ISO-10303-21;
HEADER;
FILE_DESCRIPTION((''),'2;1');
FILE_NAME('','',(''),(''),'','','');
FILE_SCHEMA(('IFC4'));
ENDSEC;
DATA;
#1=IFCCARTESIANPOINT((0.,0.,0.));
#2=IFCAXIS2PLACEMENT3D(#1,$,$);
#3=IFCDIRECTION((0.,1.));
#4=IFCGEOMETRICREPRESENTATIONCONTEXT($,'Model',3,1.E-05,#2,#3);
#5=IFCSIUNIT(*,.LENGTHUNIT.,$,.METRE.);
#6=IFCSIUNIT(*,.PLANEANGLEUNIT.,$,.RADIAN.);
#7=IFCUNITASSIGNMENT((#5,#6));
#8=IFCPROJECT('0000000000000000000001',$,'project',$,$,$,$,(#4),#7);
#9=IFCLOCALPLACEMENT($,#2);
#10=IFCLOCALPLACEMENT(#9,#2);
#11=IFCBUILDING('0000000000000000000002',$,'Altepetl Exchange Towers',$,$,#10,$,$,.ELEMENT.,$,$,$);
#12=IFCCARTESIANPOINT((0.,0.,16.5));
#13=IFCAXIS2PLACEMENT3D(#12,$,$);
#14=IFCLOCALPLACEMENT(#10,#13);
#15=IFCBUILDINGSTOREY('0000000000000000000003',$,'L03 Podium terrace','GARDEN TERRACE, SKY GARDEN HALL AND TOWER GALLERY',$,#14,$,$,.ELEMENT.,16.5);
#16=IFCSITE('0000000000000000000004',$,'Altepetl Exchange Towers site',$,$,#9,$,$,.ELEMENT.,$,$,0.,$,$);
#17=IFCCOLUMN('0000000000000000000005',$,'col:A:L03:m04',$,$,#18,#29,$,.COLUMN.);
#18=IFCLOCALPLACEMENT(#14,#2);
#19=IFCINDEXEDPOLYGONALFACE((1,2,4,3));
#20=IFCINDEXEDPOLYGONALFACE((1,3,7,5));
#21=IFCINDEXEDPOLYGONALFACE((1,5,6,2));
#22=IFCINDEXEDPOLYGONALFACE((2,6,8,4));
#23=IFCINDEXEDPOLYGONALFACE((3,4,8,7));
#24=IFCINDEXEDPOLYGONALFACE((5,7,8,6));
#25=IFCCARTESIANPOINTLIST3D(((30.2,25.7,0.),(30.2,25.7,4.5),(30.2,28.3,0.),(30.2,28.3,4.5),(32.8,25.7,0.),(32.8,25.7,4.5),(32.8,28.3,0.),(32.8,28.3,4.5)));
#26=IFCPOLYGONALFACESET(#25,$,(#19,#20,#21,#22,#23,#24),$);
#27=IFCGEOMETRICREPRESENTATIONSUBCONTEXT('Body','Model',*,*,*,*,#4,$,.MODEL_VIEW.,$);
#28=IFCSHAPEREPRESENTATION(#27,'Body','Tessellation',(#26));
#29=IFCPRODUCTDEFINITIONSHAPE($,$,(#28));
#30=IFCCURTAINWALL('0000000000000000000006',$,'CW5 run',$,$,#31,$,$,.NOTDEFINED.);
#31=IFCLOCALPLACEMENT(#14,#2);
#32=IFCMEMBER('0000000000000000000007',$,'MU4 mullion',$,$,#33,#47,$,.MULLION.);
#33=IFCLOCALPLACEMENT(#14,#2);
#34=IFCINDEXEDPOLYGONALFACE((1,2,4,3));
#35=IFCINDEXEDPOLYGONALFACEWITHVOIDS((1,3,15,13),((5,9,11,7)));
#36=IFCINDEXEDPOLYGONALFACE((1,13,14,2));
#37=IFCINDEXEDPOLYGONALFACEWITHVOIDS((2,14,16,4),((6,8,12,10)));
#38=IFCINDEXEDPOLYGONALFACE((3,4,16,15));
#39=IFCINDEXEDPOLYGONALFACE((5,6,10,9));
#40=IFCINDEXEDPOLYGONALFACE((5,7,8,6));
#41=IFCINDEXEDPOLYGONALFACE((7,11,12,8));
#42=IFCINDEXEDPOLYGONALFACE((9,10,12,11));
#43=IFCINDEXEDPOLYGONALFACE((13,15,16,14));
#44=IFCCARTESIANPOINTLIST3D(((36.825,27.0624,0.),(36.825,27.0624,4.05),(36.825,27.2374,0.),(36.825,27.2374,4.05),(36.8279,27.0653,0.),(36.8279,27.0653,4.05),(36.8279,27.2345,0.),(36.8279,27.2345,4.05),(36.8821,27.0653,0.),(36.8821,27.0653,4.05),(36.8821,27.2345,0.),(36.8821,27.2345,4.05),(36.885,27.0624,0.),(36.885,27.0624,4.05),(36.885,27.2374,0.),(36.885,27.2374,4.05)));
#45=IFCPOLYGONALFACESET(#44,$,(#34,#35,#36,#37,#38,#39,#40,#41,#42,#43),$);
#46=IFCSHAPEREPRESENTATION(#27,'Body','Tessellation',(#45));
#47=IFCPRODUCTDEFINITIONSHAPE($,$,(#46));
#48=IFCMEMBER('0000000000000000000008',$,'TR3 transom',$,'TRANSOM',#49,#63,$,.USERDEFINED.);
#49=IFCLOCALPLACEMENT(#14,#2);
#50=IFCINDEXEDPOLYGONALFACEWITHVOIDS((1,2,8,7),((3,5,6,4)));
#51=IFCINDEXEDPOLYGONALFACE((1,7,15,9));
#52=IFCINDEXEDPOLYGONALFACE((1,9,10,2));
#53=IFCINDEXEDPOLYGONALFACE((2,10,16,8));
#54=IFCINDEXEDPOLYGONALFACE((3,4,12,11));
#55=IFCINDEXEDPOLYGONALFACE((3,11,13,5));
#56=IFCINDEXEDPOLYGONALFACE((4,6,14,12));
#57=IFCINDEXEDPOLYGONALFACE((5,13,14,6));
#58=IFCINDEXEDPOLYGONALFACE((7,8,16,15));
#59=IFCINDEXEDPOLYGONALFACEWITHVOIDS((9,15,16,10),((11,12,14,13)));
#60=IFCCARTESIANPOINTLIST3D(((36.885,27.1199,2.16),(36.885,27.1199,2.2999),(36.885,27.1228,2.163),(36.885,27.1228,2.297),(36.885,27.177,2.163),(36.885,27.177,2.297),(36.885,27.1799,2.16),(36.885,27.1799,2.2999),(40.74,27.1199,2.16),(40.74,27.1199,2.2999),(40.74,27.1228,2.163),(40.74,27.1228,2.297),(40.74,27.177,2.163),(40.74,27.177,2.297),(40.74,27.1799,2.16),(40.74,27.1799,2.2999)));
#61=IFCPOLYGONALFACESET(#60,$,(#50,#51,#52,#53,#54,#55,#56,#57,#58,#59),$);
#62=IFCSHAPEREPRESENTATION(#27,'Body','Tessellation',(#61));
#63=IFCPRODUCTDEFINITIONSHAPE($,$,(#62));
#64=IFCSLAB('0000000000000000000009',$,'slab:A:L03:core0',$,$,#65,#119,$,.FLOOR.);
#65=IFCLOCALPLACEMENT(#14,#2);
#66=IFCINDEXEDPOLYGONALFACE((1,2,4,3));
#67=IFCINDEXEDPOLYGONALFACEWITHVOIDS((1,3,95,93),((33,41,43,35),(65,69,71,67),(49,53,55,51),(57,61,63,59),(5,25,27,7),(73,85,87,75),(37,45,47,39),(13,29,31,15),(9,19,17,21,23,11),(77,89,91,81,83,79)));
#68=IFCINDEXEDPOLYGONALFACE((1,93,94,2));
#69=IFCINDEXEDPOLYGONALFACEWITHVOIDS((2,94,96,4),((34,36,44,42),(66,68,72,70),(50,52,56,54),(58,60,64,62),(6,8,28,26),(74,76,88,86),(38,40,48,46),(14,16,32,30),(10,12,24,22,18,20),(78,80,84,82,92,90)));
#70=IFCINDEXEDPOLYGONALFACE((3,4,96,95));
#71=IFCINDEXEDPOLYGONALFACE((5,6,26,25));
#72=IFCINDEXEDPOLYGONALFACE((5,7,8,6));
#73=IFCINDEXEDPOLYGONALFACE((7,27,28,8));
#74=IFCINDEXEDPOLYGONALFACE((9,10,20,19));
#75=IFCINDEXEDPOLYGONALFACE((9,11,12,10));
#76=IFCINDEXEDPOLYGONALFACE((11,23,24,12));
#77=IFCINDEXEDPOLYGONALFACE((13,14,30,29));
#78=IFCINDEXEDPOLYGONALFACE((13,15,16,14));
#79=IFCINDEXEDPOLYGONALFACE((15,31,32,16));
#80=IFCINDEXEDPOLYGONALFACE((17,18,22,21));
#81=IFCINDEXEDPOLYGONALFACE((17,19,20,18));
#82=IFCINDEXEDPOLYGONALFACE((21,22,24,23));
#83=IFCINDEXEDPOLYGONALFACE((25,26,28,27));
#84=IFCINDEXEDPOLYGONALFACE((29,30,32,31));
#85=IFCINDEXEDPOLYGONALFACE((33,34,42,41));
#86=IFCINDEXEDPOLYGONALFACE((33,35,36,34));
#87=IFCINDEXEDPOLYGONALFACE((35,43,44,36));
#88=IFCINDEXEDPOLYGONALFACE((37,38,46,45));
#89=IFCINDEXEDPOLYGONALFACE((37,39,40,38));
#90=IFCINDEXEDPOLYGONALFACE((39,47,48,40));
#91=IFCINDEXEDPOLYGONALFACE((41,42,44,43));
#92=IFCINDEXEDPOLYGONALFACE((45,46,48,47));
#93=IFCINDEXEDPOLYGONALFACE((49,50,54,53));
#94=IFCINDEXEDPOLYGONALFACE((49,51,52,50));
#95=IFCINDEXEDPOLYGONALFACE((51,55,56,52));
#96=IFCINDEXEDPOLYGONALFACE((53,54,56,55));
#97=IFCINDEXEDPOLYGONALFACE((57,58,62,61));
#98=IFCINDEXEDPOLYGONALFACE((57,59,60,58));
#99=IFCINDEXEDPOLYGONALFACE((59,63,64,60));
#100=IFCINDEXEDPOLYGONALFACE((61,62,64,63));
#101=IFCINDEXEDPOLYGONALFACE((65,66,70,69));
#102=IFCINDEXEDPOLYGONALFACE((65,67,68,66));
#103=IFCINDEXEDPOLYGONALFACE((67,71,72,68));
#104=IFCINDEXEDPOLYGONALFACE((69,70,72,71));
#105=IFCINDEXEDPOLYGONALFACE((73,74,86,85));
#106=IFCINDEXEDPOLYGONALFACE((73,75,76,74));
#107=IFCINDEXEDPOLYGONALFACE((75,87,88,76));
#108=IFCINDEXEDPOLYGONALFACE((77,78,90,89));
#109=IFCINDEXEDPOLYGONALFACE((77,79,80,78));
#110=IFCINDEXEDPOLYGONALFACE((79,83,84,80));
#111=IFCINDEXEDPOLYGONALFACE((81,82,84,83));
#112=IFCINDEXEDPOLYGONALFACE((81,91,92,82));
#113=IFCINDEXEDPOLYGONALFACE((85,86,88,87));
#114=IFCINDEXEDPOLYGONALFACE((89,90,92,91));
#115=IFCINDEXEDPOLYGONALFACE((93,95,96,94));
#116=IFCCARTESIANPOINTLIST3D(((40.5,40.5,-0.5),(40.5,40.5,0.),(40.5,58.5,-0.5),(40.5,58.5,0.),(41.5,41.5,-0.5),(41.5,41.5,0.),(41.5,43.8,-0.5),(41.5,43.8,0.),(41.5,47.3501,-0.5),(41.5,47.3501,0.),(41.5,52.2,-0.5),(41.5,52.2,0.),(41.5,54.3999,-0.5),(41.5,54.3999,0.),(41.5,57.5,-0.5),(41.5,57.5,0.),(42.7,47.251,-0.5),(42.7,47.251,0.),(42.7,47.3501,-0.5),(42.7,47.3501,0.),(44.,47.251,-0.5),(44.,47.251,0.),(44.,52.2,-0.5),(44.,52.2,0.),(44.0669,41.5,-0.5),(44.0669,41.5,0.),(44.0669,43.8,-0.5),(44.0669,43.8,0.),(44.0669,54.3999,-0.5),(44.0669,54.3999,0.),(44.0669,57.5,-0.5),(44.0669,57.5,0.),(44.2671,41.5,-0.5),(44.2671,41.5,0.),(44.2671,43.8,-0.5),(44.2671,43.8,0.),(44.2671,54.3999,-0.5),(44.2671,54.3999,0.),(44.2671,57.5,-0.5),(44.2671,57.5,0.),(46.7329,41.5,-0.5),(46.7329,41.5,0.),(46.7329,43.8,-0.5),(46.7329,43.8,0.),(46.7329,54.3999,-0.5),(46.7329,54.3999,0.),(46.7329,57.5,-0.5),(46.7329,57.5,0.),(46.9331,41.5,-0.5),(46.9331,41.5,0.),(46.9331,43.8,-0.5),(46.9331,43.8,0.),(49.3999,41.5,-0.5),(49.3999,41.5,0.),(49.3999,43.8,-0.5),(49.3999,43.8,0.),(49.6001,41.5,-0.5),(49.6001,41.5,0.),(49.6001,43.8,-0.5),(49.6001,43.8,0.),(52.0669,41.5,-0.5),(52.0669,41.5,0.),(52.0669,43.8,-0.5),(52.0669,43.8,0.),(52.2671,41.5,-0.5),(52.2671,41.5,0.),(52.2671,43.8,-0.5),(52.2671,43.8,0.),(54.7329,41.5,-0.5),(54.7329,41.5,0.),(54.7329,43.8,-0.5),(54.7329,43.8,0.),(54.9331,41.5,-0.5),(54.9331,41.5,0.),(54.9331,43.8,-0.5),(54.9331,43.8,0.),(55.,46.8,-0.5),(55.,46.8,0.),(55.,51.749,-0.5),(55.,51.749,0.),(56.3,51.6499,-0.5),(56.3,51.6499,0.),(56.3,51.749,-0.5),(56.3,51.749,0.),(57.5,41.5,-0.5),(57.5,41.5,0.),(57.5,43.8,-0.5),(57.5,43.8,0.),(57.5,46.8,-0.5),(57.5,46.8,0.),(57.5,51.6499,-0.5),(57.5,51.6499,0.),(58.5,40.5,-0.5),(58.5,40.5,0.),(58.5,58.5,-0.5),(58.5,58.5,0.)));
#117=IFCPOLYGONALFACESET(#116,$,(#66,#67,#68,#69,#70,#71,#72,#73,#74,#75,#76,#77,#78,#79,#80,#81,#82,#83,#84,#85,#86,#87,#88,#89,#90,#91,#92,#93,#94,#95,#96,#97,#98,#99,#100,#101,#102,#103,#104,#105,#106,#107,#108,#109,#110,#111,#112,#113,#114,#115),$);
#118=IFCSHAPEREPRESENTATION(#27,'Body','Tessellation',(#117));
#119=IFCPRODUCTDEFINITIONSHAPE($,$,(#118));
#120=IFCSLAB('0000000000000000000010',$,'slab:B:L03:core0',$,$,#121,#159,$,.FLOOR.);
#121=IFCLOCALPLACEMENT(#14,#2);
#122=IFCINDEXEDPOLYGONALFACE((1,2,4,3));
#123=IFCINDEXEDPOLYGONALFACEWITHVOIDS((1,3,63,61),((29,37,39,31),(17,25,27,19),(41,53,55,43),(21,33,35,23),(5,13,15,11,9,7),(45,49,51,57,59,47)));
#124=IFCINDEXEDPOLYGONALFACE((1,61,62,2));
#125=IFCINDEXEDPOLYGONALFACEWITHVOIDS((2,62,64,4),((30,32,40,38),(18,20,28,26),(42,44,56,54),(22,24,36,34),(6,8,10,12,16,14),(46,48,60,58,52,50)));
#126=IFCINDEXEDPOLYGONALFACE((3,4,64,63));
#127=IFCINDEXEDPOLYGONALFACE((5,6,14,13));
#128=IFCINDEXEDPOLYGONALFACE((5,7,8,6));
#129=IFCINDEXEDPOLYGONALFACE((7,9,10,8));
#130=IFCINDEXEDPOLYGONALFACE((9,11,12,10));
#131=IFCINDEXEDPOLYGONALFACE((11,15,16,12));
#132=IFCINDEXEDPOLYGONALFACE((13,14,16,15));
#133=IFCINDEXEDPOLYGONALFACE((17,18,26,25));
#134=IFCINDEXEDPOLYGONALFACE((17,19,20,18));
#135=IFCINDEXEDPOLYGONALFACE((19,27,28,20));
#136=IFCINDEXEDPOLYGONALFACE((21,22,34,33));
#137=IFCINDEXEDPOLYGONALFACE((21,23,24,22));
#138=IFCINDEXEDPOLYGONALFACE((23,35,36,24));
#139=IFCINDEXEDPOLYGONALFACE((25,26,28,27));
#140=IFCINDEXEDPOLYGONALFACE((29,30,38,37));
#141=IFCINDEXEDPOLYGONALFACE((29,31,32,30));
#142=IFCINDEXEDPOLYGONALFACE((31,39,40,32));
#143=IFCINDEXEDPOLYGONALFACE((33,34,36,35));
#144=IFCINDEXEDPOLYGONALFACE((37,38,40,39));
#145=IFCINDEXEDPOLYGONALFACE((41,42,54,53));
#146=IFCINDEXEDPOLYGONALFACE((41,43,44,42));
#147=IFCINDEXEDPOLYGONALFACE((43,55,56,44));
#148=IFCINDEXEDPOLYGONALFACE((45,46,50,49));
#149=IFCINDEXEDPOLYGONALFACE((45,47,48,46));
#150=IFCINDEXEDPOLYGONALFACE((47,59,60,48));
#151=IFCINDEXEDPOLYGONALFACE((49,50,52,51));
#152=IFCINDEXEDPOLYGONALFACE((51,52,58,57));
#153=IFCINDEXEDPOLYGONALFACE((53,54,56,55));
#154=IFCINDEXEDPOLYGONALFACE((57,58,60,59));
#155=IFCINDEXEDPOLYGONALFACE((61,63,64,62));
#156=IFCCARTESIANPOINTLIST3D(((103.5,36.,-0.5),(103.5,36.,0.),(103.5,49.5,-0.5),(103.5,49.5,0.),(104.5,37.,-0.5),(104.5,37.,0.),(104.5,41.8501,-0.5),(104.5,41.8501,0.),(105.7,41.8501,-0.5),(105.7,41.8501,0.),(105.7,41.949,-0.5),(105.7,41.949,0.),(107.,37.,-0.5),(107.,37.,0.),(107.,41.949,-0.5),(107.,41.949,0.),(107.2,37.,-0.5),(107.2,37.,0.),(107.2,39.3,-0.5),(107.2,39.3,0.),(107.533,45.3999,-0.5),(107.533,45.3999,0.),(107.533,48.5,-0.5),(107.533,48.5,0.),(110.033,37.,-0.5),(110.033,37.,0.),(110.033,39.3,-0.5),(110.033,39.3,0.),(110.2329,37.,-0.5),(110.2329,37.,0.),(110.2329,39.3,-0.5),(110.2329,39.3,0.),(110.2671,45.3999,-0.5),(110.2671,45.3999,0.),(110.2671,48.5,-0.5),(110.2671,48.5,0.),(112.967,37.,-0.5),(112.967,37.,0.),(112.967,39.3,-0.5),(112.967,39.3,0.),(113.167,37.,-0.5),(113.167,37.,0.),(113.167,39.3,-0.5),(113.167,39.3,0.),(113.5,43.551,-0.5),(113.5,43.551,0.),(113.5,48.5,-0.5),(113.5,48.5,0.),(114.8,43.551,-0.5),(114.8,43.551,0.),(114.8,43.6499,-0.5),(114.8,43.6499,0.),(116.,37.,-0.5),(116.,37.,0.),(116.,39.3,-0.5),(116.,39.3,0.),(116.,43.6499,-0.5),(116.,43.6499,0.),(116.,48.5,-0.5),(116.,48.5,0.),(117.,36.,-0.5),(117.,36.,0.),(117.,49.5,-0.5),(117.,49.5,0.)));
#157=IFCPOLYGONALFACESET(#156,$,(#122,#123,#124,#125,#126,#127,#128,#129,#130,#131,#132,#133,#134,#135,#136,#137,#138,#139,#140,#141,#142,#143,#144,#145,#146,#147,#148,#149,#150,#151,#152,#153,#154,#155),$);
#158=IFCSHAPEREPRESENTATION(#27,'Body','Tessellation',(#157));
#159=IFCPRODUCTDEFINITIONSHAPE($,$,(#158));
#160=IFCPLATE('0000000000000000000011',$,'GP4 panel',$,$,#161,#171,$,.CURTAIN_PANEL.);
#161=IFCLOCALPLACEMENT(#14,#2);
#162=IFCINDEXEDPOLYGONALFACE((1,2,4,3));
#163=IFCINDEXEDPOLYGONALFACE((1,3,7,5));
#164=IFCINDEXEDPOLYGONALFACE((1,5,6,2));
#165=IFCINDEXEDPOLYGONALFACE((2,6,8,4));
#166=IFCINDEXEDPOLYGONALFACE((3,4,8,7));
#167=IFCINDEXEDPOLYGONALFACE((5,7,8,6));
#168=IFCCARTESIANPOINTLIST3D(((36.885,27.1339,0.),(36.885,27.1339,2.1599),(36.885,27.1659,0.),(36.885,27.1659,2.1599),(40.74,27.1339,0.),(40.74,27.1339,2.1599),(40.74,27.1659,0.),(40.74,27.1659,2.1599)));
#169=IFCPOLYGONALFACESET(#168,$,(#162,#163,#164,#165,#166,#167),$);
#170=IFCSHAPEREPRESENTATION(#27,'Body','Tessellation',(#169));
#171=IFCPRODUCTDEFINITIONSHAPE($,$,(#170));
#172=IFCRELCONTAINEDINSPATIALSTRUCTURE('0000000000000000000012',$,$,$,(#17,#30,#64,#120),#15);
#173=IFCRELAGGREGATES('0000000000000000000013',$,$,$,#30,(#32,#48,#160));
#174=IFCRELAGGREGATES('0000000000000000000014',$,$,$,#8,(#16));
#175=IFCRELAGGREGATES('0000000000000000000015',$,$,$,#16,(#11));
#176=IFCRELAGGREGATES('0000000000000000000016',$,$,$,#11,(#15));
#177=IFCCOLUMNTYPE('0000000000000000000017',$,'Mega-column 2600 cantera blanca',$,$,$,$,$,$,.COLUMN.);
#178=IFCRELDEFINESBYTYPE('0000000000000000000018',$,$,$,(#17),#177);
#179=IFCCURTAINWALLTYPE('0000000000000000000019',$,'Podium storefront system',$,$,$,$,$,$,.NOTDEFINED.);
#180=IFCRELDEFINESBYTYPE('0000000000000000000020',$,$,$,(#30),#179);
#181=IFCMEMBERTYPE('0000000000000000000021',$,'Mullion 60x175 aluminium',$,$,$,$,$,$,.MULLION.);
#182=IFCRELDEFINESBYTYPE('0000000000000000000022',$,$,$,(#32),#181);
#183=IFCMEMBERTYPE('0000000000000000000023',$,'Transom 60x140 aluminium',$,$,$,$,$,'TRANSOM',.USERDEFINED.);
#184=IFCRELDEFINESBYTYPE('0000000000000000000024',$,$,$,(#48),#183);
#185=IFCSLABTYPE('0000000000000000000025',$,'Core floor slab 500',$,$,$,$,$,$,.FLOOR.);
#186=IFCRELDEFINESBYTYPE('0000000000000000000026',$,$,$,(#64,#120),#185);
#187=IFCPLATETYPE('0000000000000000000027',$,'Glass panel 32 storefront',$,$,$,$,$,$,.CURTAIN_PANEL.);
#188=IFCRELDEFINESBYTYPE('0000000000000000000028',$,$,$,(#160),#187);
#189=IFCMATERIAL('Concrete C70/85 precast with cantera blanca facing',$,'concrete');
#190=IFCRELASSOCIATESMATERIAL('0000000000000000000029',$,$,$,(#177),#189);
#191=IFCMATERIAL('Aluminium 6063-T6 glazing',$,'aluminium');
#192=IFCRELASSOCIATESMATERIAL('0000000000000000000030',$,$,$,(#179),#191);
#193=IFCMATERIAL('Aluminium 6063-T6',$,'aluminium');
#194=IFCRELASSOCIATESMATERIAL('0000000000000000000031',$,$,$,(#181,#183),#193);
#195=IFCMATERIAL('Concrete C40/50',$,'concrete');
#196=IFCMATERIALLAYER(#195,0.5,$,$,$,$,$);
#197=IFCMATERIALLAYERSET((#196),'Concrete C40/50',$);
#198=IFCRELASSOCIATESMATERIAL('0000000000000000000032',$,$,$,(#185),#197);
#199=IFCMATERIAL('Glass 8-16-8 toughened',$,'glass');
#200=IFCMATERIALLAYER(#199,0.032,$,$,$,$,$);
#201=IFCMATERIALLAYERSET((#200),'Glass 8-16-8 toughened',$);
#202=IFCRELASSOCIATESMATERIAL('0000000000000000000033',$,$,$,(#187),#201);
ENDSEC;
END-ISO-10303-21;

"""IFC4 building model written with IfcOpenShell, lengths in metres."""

from ifc_helpers import new_model, si_unit, direction, frame, origin, origin_2d, place, context, subcontext, project, spatial, polyline, rectangle, hollow_rectangle, outline, extrude, material, layer, layer_set, material_profile, profile_set, type_object, element, aggregate, save


model = new_model("IFC4")

# Units and contexts
model_context = context("Model", 3, precision=1e-05, world=origin(), true_north=direction((0.0, 1.0)))
body_context = subcontext(model_context, "Body", "Model", "MODEL_VIEW")
ifc_project = project(units=[si_unit("LENGTHUNIT", "METRE"), si_unit("PLANEANGLEUNIT", "RADIAN")], contexts=[model_context])

# Site, building, storey
site_placement = place(None, origin())
site = spatial("IfcSite", under=ifc_project, at=site_placement, Name="Altepetl Exchange Towers site", CompositionType="ELEMENT", RefElevation=0.0)
building_placement = place(site_placement, origin())
building = spatial("IfcBuilding", under=site, at=building_placement, Name="Altepetl Exchange Towers", CompositionType="ELEMENT")
storey_placement = place(building_placement, frame((0.0, 0.0, 16.5)))
storey = spatial("IfcBuildingStorey", under=building, at=storey_placement, Name="L03 Podium terrace", Description="GARDEN TERRACE, SKY GARDEN HALL AND TOWER GALLERY", CompositionType="ELEMENT", Elevation=16.5)

# Column
ifc_material_1 = material(Name="Concrete C70/85 precast with cantera blanca facing", Category="concrete")
ifc_material_profile_1 = material_profile(ifc_material_1, rectangle(XDim=2.6001, YDim=2.6001, at=origin_2d()), Name="2600 x 2600")
ifc_profile_set_1 = profile_set([ifc_material_profile_1], Name="Concrete C70/85 precast with cantera blanca facing")
column_type = type_object("IfcColumnType", Name="Mega-column 2600 cantera blanca", PredefinedType="COLUMN", material=ifc_profile_set_1)
column_placement = place(storey_placement, frame((31.5, 27.0, 0.0)))
element("IfcColumn", 1, at=column_placement, inside=storey, type_object=column_type, Name="col:A:L03:m04", PredefinedType="COLUMN", context=body_context, shape_type="SweptSolid", body=[
    extrude(rectangle(XDim=2.6001, YDim=2.6001, at=origin_2d()), origin(), (0.0, 0.0, 1.0), 4.5),
])

# Curtain wall, members
ifc_material_2 = material(Name="Aluminium 6063-T6 glazing", Category="aluminium")
curtain_wall_type = type_object("IfcCurtainWallType", Name="Podium storefront system", PredefinedType="NOTDEFINED", material=ifc_material_2)
curtain_wall_placement = place(storey_placement, origin())
curtain_wall = element("IfcCurtainWall", 2, at=curtain_wall_placement, inside=storey, type_object=curtain_wall_type, Name="CW5 run", PredefinedType="NOTDEFINED")
ifc_material_3 = material(Name="Aluminium 6063-T6", Category="aluminium")
ifc_material_profile_2 = material_profile(ifc_material_3, hollow_rectangle(XDim=0.0601, YDim=0.175, WallThickness=0.0029, at=origin_2d()), Name="Mullion 60x175 aluminium")
ifc_profile_set_2 = profile_set([ifc_material_profile_2], Name="Aluminium 6063-T6")
member_type_1 = type_object("IfcMemberType", Name="Mullion 60x175 aluminium", PredefinedType="MULLION", material=ifc_profile_set_2)
member_1_placement = place(storey_placement, frame((36.855, 27.1499, 0.0)))
member_1 = element("IfcMember", 3, at=member_1_placement, type_object=member_type_1, Name="MU4 mullion", PredefinedType="MULLION", context=body_context, shape_type="SweptSolid", body=[
    extrude(hollow_rectangle(XDim=0.0601, YDim=0.175, WallThickness=0.0029, at=origin_2d()), origin(), (0.0, 0.0, 1.0), 4.05),
])
ifc_material_profile_3 = material_profile(ifc_material_3, hollow_rectangle(XDim=0.0601, YDim=0.1399, WallThickness=0.0029, at=origin_2d()), Name="Transom 60x140 aluminium")
ifc_profile_set_3 = profile_set([ifc_material_profile_3], Name="Aluminium 6063-T6")
member_type_2 = type_object("IfcMemberType", Name="Transom 60x140 aluminium", ElementType="TRANSOM", PredefinedType="USERDEFINED", material=ifc_profile_set_3)
member_2_placement = place(storey_placement, frame((36.885, 27.1499, 2.23), z_axis=(1.0, 0.0, 0.0), x_axis=(0.0, 1.0, 0.0)))
member_2 = element("IfcMember", 4, at=member_2_placement, type_object=member_type_2, Name="TR3 transom", ObjectType="TRANSOM", PredefinedType="USERDEFINED", context=body_context, shape_type="SweptSolid", body=[
    extrude(hollow_rectangle(XDim=0.0601, YDim=0.1399, WallThickness=0.0029, at=origin_2d()), origin(), (0.0, 0.0, 1.0), 3.855),
])

# Slabs
ifc_material_4 = material(Name="Concrete C40/50", Category="concrete")
ifc_layer_1 = layer(ifc_material_4, 0.5)
ifc_layer_set_1 = layer_set([ifc_layer_1], Name="Concrete C40/50")
slab_type_1 = type_object("IfcSlabType", Name="Core floor slab 500", PredefinedType="FLOOR", material=ifc_layer_set_1)
slab_1_placement = place(storey_placement, frame((0.0, 0.0, -0.5)))
element("IfcSlab", 5, at=slab_1_placement, inside=storey, type_object=slab_type_1, Name="slab:A:L03:core0", PredefinedType="FLOOR", context=body_context, shape_type="SweptSolid", body=[
    extrude(outline(polyline([(40.5, 40.5), (58.5, 40.5), (58.5, 58.5), (40.5, 58.5), (40.5, 40.5)]), holes=[polyline([(41.5, 43.8), (44.0669, 43.8), (44.0669, 41.5), (41.5, 41.5), (41.5, 43.8)]), polyline([(44.2671, 43.8), (46.7329, 43.8), (46.7329, 41.5), (44.2671, 41.5), (44.2671, 43.8)]), polyline([(46.9331, 43.8), (49.3999, 43.8), (49.3999, 41.5), (46.9331, 41.5), (46.9331, 43.8)]), polyline([(52.0669, 43.8), (52.0669, 41.5), (49.6001, 41.5), (49.6001, 43.8), (52.0669, 43.8)]), polyline([(54.7329, 43.8), (54.7329, 41.5), (52.2671, 41.5), (52.2671, 43.8), (54.7329, 43.8)]), polyline([(54.9331, 43.8), (57.5, 43.8), (57.5, 41.5), (54.9331, 41.5), (54.9331, 43.8)]), polyline([(55.0, 51.749), (56.3, 51.749), (56.3, 51.6499), (57.5, 51.6499), (57.5, 46.8), (55.0, 46.8), (55.0, 51.749)]), polyline([(44.0, 47.251), (42.7, 47.251), (42.7, 47.3501), (41.5, 47.3501), (41.5, 52.2), (44.0, 52.2), (44.0, 47.251)]), polyline([(44.0669, 57.5), (44.0669, 54.3999), (41.5, 54.3999), (41.5, 57.5), (44.0669, 57.5)]), polyline([(46.7329, 57.5), (46.7329, 54.3999), (44.2671, 54.3999), (44.2671, 57.5), (46.7329, 57.5)])]), origin(), (0.0, 0.0, 1.0), 0.5),
])
slab_2_placement = place(storey_placement, frame((0.0, 0.0, -0.5)))
element("IfcSlab", 6, at=slab_2_placement, inside=storey, type_object=slab_type_1, Name="slab:B:L03:core0", PredefinedType="FLOOR", context=body_context, shape_type="SweptSolid", body=[
    extrude(outline(polyline([(103.5, 36.0), (117.0, 36.0), (117.0, 49.5), (103.5, 49.5), (103.5, 36.0)]), holes=[polyline([(107.2, 37.0), (107.2, 39.3), (110.033, 39.3), (110.033, 37.0), (107.2, 37.0)]), polyline([(110.2329, 39.3), (112.967, 39.3), (112.967, 37.0), (110.2329, 37.0), (110.2329, 39.3)]), polyline([(113.167, 39.3), (116.0, 39.3), (116.0, 37.0), (113.167, 37.0), (113.167, 39.3)]), polyline([(107.0, 37.0), (104.5, 37.0), (104.5, 41.8501), (105.7, 41.8501), (105.7, 41.949), (107.0, 41.949), (107.0, 37.0)]), polyline([(116.0, 48.5), (116.0, 43.6499), (114.8, 43.6499), (114.8, 43.551), (113.5, 43.551), (113.5, 48.5), (116.0, 48.5)]), polyline([(107.533, 48.5), (110.2671, 48.5), (110.2671, 45.3999), (107.533, 45.3999), (107.533, 48.5)])]), origin(), (0.0, 0.0, 1.0), 0.5),
])

# Plate
ifc_material_5 = material(Name="Glass 8-16-8 toughened", Category="glass")
ifc_layer_2 = layer(ifc_material_5, 0.032)
ifc_layer_set_2 = layer_set([ifc_layer_2], Name="Glass 8-16-8 toughened")
plate_type = type_object("IfcPlateType", Name="Glass panel 32 storefront", PredefinedType="CURTAIN_PANEL", material=ifc_layer_set_2)
plate_placement = place(storey_placement, frame((38.8125, 27.1499, 0.0)))
plate = element("IfcPlate", 7, at=plate_placement, type_object=plate_type, Name="GP4 panel", PredefinedType="CURTAIN_PANEL", context=body_context, shape_type="SweptSolid", body=[
    extrude(rectangle(XDim=3.855, YDim=0.032, at=origin_2d()), origin(), (0.0, 0.0, 1.0), 2.1599),
])
aggregate(curtain_wall, [member_1, member_2, plate])

save(model, "model.ifc")
